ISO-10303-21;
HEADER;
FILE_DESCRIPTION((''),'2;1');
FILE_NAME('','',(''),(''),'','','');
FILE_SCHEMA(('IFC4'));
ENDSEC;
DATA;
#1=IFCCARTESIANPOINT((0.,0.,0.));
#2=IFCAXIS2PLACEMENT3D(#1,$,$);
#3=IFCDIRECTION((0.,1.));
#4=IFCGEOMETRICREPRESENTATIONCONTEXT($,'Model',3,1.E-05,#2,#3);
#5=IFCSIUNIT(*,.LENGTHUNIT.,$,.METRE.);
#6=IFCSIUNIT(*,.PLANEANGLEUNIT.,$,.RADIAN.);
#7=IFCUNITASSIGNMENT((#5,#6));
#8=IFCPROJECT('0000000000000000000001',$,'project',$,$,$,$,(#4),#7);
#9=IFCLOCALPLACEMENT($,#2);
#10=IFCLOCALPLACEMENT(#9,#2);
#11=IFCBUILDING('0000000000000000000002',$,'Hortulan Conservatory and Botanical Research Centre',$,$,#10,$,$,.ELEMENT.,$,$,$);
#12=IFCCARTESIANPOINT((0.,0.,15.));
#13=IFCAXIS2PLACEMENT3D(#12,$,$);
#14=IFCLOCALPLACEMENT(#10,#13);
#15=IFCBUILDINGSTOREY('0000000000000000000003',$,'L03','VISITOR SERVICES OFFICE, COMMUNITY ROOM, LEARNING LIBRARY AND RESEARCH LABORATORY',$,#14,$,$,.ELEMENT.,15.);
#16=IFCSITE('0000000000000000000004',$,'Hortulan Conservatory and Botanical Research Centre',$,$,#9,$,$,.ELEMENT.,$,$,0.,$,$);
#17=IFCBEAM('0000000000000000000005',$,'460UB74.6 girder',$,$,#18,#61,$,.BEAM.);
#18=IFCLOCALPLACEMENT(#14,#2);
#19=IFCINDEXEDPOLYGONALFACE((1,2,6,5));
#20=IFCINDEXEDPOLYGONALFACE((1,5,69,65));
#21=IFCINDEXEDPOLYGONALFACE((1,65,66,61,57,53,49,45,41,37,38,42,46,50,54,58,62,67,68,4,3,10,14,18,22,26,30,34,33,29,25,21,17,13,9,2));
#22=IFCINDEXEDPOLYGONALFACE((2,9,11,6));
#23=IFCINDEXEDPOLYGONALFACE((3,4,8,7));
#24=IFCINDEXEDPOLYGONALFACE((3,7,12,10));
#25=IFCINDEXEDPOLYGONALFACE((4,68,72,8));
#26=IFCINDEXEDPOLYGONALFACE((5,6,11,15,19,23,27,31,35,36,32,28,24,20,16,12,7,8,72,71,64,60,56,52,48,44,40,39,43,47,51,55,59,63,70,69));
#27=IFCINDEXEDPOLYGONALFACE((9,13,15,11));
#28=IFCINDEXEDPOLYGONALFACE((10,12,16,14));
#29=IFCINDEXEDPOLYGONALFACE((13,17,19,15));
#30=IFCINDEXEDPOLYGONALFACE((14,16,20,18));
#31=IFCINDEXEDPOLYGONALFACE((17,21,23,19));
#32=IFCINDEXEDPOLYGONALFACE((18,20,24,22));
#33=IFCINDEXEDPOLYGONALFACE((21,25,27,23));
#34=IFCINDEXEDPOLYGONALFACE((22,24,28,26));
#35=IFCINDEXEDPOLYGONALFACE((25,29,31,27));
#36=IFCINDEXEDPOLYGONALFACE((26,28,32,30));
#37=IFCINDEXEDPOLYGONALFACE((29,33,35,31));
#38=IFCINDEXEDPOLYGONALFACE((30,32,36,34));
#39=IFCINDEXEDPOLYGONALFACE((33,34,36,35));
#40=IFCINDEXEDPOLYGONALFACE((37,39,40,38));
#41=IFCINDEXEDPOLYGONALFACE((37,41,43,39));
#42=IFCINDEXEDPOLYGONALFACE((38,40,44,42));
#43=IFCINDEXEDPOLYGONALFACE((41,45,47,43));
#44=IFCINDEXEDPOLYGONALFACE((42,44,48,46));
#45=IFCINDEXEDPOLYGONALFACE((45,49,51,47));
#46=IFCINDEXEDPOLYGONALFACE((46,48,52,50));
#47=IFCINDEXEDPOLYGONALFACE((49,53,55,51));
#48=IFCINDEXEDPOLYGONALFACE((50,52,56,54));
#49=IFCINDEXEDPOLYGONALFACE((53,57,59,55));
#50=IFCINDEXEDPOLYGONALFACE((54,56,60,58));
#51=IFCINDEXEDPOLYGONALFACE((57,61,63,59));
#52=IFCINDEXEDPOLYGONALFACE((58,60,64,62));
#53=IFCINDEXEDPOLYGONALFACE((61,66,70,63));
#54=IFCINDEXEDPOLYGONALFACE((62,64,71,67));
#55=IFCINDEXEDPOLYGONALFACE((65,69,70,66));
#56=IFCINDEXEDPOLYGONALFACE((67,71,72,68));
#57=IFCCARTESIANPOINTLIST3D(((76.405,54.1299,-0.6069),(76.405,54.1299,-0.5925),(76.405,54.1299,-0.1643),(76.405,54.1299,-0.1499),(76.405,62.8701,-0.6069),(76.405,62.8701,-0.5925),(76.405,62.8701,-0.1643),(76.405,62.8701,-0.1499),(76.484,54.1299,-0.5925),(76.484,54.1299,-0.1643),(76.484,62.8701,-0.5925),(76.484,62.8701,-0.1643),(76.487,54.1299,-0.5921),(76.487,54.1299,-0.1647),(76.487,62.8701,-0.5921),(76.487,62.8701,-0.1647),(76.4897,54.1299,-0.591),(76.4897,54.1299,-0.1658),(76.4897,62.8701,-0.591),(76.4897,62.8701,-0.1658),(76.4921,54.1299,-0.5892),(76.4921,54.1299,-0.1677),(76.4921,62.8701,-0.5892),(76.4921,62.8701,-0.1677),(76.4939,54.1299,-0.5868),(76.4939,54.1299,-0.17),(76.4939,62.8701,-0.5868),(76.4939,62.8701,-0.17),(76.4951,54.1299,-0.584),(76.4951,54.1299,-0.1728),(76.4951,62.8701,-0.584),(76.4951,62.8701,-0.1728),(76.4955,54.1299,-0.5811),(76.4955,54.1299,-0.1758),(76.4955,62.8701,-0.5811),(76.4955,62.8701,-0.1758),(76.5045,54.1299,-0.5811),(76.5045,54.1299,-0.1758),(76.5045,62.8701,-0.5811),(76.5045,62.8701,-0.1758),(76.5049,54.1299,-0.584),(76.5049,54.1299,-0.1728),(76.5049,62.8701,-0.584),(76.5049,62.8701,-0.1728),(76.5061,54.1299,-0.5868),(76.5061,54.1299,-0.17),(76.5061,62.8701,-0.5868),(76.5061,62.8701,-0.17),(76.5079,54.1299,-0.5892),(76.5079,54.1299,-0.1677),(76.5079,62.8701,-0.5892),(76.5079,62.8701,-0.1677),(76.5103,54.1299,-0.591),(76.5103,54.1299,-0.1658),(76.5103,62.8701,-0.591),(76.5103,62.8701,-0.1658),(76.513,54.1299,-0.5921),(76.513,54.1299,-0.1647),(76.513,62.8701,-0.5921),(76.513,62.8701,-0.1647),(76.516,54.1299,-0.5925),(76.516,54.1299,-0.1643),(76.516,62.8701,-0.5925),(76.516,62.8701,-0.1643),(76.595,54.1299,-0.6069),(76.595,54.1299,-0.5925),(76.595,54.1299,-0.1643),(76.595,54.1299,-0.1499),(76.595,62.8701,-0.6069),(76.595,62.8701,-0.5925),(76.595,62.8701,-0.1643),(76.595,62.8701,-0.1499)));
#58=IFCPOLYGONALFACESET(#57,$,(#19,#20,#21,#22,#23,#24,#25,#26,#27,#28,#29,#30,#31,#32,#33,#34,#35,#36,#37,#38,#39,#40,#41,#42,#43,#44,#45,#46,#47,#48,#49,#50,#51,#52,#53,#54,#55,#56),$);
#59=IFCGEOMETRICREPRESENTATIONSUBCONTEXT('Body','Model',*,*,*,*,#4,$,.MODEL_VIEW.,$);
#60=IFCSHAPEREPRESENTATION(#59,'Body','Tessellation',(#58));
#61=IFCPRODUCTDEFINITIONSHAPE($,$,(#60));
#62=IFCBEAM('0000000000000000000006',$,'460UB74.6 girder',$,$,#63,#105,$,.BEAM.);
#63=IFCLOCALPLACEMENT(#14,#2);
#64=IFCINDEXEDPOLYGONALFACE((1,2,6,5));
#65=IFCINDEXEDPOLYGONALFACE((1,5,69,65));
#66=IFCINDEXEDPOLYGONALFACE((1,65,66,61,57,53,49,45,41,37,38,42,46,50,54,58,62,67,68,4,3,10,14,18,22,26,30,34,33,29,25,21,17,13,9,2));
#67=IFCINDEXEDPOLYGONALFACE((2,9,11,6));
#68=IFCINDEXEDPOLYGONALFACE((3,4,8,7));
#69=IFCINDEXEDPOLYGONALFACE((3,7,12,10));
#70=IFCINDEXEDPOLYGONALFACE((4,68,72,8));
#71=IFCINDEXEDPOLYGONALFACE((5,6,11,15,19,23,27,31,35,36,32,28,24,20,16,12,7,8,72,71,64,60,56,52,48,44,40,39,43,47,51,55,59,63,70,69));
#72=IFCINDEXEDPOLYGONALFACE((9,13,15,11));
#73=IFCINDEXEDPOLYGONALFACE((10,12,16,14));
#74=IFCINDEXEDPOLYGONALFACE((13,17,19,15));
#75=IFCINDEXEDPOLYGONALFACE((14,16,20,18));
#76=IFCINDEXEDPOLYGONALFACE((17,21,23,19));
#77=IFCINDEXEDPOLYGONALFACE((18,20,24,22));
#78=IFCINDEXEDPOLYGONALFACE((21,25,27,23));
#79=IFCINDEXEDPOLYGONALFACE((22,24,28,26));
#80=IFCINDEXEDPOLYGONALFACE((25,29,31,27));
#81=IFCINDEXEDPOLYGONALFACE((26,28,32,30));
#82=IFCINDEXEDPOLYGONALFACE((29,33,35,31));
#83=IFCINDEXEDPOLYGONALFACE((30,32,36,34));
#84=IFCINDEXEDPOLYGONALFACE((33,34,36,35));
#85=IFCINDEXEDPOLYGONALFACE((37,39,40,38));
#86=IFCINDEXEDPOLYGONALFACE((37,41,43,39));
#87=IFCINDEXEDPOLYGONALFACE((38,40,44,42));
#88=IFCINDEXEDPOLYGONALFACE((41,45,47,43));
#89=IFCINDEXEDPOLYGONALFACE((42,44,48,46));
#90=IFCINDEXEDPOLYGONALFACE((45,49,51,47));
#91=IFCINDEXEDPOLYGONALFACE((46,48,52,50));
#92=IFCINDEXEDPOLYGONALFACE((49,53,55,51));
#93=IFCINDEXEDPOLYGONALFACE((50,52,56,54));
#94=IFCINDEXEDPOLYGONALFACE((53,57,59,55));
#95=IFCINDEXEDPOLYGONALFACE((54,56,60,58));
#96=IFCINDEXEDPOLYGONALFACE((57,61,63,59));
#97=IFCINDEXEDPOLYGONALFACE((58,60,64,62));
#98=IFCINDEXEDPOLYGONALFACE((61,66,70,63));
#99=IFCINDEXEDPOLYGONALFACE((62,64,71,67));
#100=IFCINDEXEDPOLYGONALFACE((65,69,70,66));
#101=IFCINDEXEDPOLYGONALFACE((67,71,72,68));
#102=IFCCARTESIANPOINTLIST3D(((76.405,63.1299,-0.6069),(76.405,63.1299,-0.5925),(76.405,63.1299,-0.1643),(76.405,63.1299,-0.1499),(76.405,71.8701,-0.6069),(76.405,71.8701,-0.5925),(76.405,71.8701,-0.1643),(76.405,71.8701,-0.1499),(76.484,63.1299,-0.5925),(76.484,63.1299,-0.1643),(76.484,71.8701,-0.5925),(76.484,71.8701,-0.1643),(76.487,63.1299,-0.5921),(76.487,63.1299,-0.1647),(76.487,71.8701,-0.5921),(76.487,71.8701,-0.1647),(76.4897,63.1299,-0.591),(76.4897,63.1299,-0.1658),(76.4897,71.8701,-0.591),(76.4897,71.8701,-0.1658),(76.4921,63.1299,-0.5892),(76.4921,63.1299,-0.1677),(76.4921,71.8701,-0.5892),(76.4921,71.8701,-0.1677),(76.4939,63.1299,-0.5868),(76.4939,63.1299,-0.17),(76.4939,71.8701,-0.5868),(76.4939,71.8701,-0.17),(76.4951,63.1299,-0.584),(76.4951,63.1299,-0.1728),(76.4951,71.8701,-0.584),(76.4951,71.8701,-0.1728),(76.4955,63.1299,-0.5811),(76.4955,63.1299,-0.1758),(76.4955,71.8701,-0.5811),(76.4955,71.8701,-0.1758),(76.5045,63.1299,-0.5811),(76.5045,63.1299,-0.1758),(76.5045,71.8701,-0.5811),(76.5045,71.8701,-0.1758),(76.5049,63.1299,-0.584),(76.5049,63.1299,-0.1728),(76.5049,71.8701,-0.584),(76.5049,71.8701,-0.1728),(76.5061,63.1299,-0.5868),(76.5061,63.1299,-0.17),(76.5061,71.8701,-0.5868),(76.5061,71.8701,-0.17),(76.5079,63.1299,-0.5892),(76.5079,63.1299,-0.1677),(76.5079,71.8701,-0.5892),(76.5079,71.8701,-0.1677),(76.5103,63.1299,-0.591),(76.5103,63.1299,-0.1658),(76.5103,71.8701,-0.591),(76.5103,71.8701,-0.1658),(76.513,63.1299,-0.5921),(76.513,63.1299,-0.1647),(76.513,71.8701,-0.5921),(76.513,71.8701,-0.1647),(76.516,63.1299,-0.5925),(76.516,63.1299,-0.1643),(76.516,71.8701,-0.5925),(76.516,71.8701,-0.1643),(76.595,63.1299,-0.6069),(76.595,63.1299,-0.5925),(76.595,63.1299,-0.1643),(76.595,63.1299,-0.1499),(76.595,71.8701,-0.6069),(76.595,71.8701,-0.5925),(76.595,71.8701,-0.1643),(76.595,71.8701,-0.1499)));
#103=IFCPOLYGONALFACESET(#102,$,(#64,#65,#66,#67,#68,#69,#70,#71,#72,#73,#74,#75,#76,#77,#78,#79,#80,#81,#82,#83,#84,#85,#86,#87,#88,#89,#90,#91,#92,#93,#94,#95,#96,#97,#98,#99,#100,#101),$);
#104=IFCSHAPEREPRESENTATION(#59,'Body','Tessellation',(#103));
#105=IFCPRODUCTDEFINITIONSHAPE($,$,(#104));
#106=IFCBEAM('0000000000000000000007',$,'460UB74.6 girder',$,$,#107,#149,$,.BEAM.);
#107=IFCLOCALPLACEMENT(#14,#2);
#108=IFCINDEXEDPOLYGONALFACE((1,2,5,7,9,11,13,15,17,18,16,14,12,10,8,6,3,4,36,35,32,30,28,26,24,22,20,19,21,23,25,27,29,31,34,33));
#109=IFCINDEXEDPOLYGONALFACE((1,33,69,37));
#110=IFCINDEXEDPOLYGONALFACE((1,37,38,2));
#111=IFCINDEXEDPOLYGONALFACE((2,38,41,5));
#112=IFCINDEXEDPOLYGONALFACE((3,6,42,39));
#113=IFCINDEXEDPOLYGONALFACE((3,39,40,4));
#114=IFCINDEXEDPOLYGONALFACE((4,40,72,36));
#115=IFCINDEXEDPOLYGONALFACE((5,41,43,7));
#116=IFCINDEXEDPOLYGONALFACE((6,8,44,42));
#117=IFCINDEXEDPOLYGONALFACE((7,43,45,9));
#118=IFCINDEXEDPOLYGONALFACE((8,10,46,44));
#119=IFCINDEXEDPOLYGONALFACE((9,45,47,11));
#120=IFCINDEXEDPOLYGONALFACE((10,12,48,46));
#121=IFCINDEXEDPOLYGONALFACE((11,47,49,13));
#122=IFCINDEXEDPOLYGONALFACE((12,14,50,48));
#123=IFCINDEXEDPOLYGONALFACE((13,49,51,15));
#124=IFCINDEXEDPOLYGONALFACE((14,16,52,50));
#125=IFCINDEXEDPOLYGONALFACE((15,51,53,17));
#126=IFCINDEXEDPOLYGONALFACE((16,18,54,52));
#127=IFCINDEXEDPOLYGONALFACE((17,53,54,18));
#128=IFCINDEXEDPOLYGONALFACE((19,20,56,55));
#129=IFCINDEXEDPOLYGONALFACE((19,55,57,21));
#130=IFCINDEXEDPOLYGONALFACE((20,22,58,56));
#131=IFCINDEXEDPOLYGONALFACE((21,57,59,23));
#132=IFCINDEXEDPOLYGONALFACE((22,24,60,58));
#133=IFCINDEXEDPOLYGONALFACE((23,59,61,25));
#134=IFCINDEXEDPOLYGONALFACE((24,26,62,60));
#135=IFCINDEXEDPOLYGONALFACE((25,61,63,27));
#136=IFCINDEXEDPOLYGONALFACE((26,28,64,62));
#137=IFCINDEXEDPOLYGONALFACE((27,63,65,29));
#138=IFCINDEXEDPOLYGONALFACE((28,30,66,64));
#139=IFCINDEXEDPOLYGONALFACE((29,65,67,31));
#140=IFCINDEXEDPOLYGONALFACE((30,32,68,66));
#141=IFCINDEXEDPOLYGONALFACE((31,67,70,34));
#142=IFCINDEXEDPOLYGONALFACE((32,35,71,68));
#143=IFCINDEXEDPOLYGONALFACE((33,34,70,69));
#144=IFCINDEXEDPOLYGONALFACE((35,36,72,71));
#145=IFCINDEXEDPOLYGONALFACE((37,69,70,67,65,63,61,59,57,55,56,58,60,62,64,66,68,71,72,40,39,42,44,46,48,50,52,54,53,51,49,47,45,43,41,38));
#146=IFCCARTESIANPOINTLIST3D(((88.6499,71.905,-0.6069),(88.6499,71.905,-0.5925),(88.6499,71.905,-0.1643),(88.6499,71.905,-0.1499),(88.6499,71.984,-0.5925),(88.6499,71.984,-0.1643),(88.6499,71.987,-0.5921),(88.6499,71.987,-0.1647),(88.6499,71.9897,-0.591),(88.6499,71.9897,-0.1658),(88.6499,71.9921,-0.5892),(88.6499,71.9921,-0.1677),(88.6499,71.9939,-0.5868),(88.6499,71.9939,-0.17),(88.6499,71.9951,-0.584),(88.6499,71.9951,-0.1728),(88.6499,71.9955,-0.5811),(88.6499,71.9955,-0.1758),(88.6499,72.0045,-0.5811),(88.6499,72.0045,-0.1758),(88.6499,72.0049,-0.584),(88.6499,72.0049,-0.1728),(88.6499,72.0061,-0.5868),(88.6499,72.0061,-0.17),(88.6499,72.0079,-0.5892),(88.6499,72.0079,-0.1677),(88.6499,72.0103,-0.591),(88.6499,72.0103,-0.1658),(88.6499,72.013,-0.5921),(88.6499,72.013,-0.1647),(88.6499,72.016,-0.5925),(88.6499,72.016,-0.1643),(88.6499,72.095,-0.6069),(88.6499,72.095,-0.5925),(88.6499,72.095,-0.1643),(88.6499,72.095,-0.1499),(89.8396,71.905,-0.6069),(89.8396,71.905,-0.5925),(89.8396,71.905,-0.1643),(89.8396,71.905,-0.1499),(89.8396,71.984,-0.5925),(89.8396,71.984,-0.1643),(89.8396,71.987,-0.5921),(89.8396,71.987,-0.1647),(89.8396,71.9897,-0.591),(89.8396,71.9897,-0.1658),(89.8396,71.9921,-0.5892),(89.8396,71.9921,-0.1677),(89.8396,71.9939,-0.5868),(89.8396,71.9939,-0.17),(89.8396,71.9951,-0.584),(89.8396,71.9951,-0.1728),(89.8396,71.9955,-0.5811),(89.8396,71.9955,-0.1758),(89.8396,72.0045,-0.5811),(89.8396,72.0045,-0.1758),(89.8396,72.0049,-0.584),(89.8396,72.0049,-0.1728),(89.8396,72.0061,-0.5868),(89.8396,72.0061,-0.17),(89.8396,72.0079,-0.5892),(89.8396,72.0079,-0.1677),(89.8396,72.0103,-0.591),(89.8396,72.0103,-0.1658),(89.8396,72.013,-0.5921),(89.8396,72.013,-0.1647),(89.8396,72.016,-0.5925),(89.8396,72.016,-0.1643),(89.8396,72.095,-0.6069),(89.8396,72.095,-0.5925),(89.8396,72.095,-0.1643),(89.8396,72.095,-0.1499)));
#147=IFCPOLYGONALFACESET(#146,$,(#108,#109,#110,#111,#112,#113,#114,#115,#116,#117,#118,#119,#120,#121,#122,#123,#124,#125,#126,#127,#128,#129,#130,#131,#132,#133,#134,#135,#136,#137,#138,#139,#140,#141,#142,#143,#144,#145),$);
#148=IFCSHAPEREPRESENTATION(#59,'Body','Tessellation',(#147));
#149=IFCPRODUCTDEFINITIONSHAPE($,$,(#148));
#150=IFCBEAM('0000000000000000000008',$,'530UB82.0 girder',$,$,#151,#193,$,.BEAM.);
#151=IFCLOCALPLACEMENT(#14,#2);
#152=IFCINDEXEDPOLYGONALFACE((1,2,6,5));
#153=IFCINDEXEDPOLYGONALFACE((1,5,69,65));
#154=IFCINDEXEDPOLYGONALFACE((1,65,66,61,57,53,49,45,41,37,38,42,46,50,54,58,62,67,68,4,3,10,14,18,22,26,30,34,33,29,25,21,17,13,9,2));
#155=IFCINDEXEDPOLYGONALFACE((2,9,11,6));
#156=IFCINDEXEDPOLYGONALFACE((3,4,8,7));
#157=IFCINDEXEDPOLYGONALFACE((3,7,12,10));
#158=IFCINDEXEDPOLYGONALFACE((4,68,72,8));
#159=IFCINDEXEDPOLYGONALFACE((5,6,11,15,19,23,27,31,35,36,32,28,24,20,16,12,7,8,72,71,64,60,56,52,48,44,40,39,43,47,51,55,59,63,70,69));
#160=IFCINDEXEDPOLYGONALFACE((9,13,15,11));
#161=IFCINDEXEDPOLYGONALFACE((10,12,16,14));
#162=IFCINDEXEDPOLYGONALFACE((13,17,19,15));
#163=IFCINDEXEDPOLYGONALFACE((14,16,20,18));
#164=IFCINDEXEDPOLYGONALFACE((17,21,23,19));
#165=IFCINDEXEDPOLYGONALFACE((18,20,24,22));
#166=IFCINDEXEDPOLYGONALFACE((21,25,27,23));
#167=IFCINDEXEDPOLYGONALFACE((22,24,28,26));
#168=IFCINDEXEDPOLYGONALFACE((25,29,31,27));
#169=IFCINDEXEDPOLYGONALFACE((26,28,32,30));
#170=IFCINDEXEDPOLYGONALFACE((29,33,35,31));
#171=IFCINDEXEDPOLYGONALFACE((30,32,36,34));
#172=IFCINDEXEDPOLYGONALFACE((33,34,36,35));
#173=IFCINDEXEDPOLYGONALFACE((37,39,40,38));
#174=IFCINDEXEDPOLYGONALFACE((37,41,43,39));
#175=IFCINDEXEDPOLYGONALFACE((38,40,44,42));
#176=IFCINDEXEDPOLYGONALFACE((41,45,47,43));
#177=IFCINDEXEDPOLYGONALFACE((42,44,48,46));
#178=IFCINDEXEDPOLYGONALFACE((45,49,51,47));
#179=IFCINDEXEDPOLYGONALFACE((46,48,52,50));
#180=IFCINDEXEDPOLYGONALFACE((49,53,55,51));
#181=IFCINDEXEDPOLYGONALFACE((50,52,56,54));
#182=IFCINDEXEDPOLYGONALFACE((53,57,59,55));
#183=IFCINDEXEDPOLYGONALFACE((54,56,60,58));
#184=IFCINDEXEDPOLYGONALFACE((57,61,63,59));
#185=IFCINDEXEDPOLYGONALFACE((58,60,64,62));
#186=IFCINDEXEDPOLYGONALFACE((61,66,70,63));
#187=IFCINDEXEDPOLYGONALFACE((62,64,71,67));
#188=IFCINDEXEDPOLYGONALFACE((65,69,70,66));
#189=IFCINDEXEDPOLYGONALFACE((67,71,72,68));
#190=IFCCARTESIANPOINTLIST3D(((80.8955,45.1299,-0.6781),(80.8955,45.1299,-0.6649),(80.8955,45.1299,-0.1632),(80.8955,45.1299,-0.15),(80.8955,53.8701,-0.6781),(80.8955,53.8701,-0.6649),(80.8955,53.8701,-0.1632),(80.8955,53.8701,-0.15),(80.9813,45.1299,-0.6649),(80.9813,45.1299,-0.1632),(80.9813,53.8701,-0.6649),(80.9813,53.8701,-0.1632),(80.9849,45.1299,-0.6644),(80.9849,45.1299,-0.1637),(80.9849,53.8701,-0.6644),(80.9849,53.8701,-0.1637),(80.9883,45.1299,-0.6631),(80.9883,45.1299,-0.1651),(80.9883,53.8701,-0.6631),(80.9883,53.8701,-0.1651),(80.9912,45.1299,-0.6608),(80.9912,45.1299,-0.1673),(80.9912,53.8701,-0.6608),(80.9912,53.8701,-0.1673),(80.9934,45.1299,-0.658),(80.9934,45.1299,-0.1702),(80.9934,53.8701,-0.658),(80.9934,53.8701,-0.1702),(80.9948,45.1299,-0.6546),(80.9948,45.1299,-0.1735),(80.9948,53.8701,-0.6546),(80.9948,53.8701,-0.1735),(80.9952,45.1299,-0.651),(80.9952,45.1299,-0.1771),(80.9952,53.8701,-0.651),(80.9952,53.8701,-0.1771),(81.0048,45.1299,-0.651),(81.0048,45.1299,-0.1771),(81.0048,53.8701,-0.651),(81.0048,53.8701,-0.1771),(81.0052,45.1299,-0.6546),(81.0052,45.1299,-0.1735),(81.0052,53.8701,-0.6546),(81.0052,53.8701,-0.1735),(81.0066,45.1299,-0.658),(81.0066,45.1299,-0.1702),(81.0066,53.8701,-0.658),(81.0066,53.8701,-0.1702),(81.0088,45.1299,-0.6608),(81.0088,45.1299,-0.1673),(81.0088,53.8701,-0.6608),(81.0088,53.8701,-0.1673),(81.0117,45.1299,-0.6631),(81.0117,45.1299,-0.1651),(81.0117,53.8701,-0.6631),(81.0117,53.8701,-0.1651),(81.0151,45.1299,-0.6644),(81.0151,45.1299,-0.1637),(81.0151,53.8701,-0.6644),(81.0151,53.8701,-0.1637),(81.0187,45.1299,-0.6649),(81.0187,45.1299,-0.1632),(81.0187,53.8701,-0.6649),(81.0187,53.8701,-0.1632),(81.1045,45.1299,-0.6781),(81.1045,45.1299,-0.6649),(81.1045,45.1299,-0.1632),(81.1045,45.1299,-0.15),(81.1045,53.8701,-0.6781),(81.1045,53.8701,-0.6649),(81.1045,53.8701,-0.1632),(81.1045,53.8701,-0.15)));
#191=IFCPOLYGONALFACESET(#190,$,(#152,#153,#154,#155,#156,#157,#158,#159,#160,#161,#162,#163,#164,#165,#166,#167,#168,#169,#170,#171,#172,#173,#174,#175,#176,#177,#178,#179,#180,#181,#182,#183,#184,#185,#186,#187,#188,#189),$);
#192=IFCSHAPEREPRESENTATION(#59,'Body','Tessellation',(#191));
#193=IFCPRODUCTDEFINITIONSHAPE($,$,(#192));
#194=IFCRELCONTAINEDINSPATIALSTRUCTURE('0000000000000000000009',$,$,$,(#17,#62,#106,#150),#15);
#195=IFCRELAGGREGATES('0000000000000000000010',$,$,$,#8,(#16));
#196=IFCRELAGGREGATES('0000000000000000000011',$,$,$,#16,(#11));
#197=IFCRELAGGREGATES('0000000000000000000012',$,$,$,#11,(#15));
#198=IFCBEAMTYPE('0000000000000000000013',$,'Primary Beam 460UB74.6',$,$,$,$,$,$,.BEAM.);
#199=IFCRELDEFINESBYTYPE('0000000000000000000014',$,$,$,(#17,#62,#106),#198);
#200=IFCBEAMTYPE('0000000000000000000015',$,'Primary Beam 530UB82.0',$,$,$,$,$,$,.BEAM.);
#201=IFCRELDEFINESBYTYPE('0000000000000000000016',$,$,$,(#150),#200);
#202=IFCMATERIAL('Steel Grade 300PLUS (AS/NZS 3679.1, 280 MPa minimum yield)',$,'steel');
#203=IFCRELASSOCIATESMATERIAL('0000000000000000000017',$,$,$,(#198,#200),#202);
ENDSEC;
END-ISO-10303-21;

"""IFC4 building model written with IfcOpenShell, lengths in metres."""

from ifc_helpers import new_model, si_unit, direction, frame, origin, origin_2d, place, context, subcontext, project, spatial, i_section, extrude, material, material_profile, profile_set, type_object, element, save


model = new_model("IFC4")

# Units and contexts
model_context = context("Model", 3, precision=1e-05, world=origin(), true_north=direction((0.0, 1.0)))
body_context = subcontext(model_context, "Body", "Model", "MODEL_VIEW")
ifc_project = project(units=[si_unit("LENGTHUNIT", "METRE"), si_unit("PLANEANGLEUNIT", "RADIAN")], contexts=[model_context])

# Site, building, storey
site_placement = place(None, origin())
site = spatial("IfcSite", under=ifc_project, at=site_placement, Name="Hortulan Conservatory and Botanical Research Centre", CompositionType="ELEMENT", RefElevation=0.0)
building_placement = place(site_placement, origin())
building = spatial("IfcBuilding", under=site, at=building_placement, Name="Hortulan Conservatory and Botanical Research Centre", CompositionType="ELEMENT")
storey_placement = place(building_placement, frame((0.0, 0.0, 15.0)))
storey = spatial("IfcBuildingStorey", under=building, at=storey_placement, Name="L03", Description="VISITOR SERVICES OFFICE, COMMUNITY ROOM, LEARNING LIBRARY AND RESEARCH LABORATORY", CompositionType="ELEMENT", Elevation=15.0)

# Beams
ifc_material_1 = material(Name="Steel Grade 300PLUS (AS/NZS 3679.1, 280 MPa minimum yield)", Category="steel")
ifc_material_profile_1 = material_profile(ifc_material_1, i_section(OverallWidth=0.1899, OverallDepth=0.457, WebThickness=0.009, FlangeThickness=0.0144, FilletRadius=0.0115, at=origin_2d()), Name="460UB74.6")
ifc_profile_set_1 = profile_set([ifc_material_profile_1], Name="Steel Grade 300PLUS (AS/NZS 3679.1, 280 MPa minimum yield)")
beam_type_1 = type_object("IfcBeamType", Name="Primary Beam 460UB74.6", PredefinedType="BEAM", material=ifc_profile_set_1)
for number, where, z_axis, x_axis, name in (
    (1, (76.5, 54.1299, -0.3784), (0.0, 1.0, 0.0), (-1.0, 0.0, 0.0), "460UB74.6 girder"),
    (2, (76.5, 63.1299, -0.3784), (0.0, 1.0, 0.0), (-1.0, 0.0, 0.0), "460UB74.6 girder"),
):
    element("IfcBeam", number, at=place(storey_placement, frame(where, z_axis=z_axis, x_axis=x_axis)), inside=storey, type_object=beam_type_1, Name=name, PredefinedType="BEAM", context=body_context, shape_type="SweptSolid", body=[
        extrude(i_section(OverallWidth=0.1899, OverallDepth=0.457, WebThickness=0.009, FlangeThickness=0.0144, FilletRadius=0.0115, at=origin_2d()), origin(), (0.0, 0.0, 1.0), 8.7402),
    ])
beam_1_placement = place(storey_placement, frame((88.6499, 72.0, -0.3784), z_axis=(1.0, 0.0, 0.0), x_axis=(0.0, 1.0, 0.0)))
element("IfcBeam", 3, at=beam_1_placement, inside=storey, type_object=beam_type_1, Name="460UB74.6 girder", PredefinedType="BEAM", context=body_context, shape_type="SweptSolid", body=[
    extrude(i_section(OverallWidth=0.1899, OverallDepth=0.457, WebThickness=0.009, FlangeThickness=0.0144, FilletRadius=0.0115, at=origin_2d()), origin(), (0.0, 0.0, 1.0), 1.1897),
])
ifc_material_profile_2 = material_profile(ifc_material_1, i_section(OverallWidth=0.209, OverallDepth=0.5281, WebThickness=0.0095, FlangeThickness=0.0132, FilletRadius=0.0139, at=origin_2d()), Name="530UB82.0")
ifc_profile_set_2 = profile_set([ifc_material_profile_2], Name="Steel Grade 300PLUS (AS/NZS 3679.1, 280 MPa minimum yield)")
beam_type_2 = type_object("IfcBeamType", Name="Primary Beam 530UB82.0", PredefinedType="BEAM", material=ifc_profile_set_2)
beam_2_placement = place(storey_placement, frame((81.0, 45.1299, -0.4141), z_axis=(0.0, 1.0, 0.0), x_axis=(-1.0, 0.0, 0.0)))
element("IfcBeam", 4, at=beam_2_placement, inside=storey, type_object=beam_type_2, Name="530UB82.0 girder", PredefinedType="BEAM", context=body_context, shape_type="SweptSolid", body=[
    extrude(i_section(OverallWidth=0.209, OverallDepth=0.5281, WebThickness=0.0095, FlangeThickness=0.0132, FilletRadius=0.0139, at=origin_2d()), origin(), (0.0, 0.0, 1.0), 8.7402),
])

save(model, "model.ifc")
